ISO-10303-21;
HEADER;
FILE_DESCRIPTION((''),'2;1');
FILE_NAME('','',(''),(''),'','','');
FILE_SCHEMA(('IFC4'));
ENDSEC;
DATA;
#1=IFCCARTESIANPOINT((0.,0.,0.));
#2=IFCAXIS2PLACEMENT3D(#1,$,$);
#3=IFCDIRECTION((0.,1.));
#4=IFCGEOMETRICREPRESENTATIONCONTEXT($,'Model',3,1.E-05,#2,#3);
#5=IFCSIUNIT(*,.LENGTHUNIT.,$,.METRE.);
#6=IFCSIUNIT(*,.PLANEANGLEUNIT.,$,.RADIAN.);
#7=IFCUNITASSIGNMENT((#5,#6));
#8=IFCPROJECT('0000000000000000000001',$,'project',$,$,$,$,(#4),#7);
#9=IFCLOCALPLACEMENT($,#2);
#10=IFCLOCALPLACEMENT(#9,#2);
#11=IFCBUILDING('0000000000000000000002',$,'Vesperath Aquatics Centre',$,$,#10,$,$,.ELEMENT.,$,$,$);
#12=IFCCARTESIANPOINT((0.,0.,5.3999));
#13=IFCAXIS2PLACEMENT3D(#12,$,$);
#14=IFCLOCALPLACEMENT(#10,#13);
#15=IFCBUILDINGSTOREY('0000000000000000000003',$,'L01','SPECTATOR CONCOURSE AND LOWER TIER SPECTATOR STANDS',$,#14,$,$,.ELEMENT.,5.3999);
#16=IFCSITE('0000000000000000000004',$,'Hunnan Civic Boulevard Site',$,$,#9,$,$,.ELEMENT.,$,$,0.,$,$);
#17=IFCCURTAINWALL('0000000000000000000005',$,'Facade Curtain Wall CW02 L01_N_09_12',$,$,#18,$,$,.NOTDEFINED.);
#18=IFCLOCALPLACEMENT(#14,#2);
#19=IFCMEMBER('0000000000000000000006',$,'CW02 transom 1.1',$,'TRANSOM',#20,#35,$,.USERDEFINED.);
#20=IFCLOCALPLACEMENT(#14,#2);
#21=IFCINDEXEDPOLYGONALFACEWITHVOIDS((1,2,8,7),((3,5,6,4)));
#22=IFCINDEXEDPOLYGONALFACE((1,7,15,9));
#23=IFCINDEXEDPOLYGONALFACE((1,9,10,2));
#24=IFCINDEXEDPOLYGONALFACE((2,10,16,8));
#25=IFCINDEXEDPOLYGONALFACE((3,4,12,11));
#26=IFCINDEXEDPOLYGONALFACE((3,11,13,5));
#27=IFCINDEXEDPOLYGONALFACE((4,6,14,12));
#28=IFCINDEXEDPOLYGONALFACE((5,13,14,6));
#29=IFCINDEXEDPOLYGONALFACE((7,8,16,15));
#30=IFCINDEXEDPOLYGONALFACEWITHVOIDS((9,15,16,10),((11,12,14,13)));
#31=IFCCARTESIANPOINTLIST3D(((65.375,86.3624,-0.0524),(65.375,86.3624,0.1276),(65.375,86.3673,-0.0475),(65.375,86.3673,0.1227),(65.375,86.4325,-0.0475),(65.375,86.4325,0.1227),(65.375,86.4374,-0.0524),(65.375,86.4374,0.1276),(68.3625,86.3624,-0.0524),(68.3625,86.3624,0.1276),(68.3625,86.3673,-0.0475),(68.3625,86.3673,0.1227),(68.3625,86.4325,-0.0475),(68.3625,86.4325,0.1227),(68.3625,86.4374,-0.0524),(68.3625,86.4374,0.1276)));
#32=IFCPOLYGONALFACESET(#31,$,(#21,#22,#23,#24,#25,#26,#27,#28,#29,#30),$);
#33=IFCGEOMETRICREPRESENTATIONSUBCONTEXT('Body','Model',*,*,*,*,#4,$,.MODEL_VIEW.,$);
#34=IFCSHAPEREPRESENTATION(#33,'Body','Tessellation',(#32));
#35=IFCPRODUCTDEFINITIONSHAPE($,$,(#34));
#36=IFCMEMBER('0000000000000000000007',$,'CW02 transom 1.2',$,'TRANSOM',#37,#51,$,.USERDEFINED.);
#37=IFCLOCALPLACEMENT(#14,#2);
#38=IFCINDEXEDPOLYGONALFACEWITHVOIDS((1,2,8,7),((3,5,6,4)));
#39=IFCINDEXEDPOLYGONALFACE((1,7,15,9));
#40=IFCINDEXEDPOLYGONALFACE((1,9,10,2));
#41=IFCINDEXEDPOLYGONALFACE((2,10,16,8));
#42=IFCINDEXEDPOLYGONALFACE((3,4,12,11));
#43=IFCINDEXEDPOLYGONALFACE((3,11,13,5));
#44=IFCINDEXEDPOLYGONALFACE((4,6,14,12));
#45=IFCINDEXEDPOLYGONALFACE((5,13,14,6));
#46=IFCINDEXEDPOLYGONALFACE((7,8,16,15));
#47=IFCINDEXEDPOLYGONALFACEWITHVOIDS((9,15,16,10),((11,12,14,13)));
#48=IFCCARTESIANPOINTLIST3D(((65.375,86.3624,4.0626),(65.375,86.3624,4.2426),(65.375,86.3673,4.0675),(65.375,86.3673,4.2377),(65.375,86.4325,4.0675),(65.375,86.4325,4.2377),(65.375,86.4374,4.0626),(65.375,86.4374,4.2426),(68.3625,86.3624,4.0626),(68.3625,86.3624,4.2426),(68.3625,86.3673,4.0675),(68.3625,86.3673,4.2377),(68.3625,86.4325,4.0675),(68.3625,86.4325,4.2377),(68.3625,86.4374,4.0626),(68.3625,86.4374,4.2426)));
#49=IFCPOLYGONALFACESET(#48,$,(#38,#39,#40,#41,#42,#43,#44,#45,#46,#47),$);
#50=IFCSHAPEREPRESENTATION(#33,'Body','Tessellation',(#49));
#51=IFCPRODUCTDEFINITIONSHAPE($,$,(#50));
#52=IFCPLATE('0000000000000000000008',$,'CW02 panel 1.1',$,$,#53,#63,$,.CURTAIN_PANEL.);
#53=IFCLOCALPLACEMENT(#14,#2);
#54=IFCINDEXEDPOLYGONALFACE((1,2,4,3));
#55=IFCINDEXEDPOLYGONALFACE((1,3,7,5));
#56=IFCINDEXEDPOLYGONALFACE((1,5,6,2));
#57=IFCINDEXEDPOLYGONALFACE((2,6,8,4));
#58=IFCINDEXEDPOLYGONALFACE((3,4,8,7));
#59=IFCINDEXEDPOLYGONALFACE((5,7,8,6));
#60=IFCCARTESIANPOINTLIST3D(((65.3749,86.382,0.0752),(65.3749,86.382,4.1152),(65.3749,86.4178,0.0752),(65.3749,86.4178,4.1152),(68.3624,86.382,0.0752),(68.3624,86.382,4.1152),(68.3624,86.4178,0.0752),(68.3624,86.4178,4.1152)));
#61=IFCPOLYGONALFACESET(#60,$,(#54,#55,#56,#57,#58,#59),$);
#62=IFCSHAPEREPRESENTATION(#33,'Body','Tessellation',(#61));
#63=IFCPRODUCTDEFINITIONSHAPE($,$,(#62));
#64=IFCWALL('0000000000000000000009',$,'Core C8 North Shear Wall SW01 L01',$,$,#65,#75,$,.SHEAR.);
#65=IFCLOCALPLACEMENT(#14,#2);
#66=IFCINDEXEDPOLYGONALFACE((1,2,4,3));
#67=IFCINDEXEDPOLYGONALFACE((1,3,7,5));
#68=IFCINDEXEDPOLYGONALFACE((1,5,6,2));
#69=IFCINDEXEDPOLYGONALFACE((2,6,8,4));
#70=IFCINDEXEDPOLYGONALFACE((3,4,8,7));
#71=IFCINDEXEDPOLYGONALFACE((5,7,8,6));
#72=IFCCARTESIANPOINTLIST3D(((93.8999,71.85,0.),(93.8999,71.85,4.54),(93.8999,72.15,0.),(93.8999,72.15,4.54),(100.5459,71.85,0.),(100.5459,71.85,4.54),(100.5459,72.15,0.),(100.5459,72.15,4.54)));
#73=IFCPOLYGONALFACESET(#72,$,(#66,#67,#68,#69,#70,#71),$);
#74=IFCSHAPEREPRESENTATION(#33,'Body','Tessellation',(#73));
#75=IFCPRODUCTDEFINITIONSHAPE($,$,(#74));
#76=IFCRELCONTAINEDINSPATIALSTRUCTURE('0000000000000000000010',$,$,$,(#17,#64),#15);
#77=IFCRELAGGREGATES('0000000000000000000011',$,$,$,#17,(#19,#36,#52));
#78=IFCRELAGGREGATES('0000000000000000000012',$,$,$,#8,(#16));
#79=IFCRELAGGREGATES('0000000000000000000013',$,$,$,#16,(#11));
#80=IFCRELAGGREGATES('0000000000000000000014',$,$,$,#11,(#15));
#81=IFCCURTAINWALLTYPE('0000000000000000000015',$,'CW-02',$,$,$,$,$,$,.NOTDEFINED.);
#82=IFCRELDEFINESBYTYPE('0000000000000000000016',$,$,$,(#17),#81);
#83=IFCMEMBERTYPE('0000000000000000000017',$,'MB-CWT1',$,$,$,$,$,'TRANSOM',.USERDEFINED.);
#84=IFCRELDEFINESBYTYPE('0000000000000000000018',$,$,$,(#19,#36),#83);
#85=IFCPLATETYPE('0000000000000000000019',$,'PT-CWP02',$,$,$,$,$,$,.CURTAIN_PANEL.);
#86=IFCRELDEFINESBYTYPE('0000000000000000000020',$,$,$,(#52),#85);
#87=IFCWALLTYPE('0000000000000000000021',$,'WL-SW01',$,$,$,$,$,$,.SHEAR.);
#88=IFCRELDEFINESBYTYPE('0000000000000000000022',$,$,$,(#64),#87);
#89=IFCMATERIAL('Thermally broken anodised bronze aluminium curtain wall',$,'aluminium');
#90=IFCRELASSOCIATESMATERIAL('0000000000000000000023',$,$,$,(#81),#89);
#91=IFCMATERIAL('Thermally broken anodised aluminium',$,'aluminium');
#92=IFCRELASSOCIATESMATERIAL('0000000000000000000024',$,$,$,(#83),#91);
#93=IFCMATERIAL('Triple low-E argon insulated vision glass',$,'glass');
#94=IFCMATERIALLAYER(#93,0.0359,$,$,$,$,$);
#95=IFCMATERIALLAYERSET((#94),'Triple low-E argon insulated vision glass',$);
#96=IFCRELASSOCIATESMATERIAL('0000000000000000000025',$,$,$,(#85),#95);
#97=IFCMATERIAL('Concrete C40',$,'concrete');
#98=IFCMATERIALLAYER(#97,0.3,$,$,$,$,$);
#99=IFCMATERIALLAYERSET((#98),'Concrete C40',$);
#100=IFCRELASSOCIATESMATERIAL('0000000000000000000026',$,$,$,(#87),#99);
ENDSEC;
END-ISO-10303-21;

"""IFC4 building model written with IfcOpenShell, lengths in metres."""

from ifc_helpers import new_model, si_unit, direction, frame, frame_2d, origin, origin_2d, place, context, subcontext, project, spatial, rectangle, hollow_rectangle, extrude, material, layer, layer_set, material_profile, profile_set, type_object, element, aggregate, save


model = new_model("IFC4")

# Units and contexts
model_context = context("Model", 3, precision=1e-05, world=origin(), true_north=direction((0.0, 1.0)))
body_context = subcontext(model_context, "Body", "Model", "MODEL_VIEW")
ifc_project = project(units=[si_unit("LENGTHUNIT", "METRE"), si_unit("PLANEANGLEUNIT", "RADIAN")], contexts=[model_context])

# Site, building, storey
site_placement = place(None, origin())
site = spatial("IfcSite", under=ifc_project, at=site_placement, Name="Hunnan Civic Boulevard Site", CompositionType="ELEMENT", RefElevation=0.0)
building_placement = place(site_placement, origin())
building = spatial("IfcBuilding", under=site, at=building_placement, Name="Vesperath Aquatics Centre", CompositionType="ELEMENT")
storey_placement = place(building_placement, frame((0.0, 0.0, 5.3999)))
storey = spatial("IfcBuildingStorey", under=building, at=storey_placement, Name="L01", Description="SPECTATOR CONCOURSE AND LOWER TIER SPECTATOR STANDS", CompositionType="ELEMENT", Elevation=5.3999)

# Shared definitions
ifc_material_1 = material(Name="Concrete C40", Category="concrete")

# Curtain wall, members, plate
ifc_material_2 = material(Name="Thermally broken anodised bronze aluminium curtain wall", Category="aluminium")
curtain_wall_type = type_object("IfcCurtainWallType", Name="CW-02", PredefinedType="NOTDEFINED", material=ifc_material_2)
curtain_wall_placement = place(storey_placement, origin())
curtain_wall = element("IfcCurtainWall", 1, at=curtain_wall_placement, inside=storey, type_object=curtain_wall_type, Name="Facade Curtain Wall CW02 L01_N_09_12", PredefinedType="NOTDEFINED")
ifc_material_3 = material(Name="Thermally broken anodised aluminium", Category="aluminium")
ifc_material_profile_1 = material_profile(ifc_material_3, hollow_rectangle(XDim=0.075, YDim=0.1799, WallThickness=0.0049, at=origin_2d()), Name="CWT 75x180x5")
ifc_profile_set_1 = profile_set([ifc_material_profile_1], Name="Thermally broken anodised aluminium")
member_type_1 = type_object("IfcMemberType", Name="MB-CWT1", ElementType="TRANSOM", PredefinedType="USERDEFINED", material=ifc_profile_set_1)
member_1_placement = place(storey_placement, frame((65.375, 86.3999, 0.0376), z_axis=(1.0, 0.0, 0.0), x_axis=(0.0, 1.0, 0.0)))
member_1 = element("IfcMember", 2, at=member_1_placement, type_object=member_type_1, Name="CW02 transom 1.1", ObjectType="TRANSOM", PredefinedType="USERDEFINED", context=body_context, shape_type="SweptSolid", body=[
    extrude(hollow_rectangle(XDim=0.075, YDim=0.1799, WallThickness=0.0049, at=origin_2d()), origin(), (0.0, 0.0, 1.0), 2.9875),
])
member_2_placement = place(storey_placement, frame((65.375, 86.3999, 4.1526), z_axis=(1.0, 0.0, 0.0), x_axis=(0.0, 1.0, 0.0)))
member_2 = element("IfcMember", 3, at=member_2_placement, type_object=member_type_1, Name="CW02 transom 1.2", ObjectType="TRANSOM", PredefinedType="USERDEFINED", context=body_context, shape_type="SweptSolid", body=[
    extrude(hollow_rectangle(XDim=0.075, YDim=0.1799, WallThickness=0.0049, at=origin_2d()), origin(), (0.0, 0.0, 1.0), 2.9875),
])
ifc_material_4 = material(Name="Triple low-E argon insulated vision glass", Category="glass")
ifc_layer_1 = layer(ifc_material_4, 0.0359)
ifc_layer_set_1 = layer_set([ifc_layer_1], Name="Triple low-E argon insulated vision glass")
plate_type = type_object("IfcPlateType", Name="PT-CWP02", PredefinedType="CURTAIN_PANEL", material=ifc_layer_set_1)
plate_placement = place(storey_placement, frame((66.8687, 86.3999, 0.0752), z_axis=(0.0, 0.0, 1.0), x_axis=(1.0, 0.0, 0.0)))
plate = element("IfcPlate", 4, at=plate_placement, type_object=plate_type, Name="CW02 panel 1.1", PredefinedType="CURTAIN_PANEL", context=body_context, shape_type="SweptSolid", body=[
    extrude(rectangle(XDim=2.9875, YDim=0.0359, at=origin_2d()), origin(), (0.0, 0.0, 1.0), 4.04),
])
aggregate(curtain_wall, [member_1, member_2, plate])

# Wall
ifc_layer_2 = layer(ifc_material_1, 0.3)
ifc_layer_set_2 = layer_set([ifc_layer_2], Name="Concrete C40")
wall_type = type_object("IfcWallType", Name="WL-SW01", PredefinedType="SHEAR", material=ifc_layer_set_2)
wall_placement = place(storey_placement, frame((93.8999, 72.0, 0.0), z_axis=(0.0, 0.0, 1.0), x_axis=(1.0, 0.0, 0.0)))
element("IfcWall", 5, at=wall_placement, inside=storey, type_object=wall_type, Name="Core C8 North Shear Wall SW01 L01", PredefinedType="SHEAR", context=body_context, shape_type="SweptSolid", body=[
    extrude(rectangle(XDim=6.646, YDim=0.3, at=frame_2d((3.323, 0.0))), origin(), (0.0, 0.0, 1.0), 4.54),
])

save(model, "model.ifc")
